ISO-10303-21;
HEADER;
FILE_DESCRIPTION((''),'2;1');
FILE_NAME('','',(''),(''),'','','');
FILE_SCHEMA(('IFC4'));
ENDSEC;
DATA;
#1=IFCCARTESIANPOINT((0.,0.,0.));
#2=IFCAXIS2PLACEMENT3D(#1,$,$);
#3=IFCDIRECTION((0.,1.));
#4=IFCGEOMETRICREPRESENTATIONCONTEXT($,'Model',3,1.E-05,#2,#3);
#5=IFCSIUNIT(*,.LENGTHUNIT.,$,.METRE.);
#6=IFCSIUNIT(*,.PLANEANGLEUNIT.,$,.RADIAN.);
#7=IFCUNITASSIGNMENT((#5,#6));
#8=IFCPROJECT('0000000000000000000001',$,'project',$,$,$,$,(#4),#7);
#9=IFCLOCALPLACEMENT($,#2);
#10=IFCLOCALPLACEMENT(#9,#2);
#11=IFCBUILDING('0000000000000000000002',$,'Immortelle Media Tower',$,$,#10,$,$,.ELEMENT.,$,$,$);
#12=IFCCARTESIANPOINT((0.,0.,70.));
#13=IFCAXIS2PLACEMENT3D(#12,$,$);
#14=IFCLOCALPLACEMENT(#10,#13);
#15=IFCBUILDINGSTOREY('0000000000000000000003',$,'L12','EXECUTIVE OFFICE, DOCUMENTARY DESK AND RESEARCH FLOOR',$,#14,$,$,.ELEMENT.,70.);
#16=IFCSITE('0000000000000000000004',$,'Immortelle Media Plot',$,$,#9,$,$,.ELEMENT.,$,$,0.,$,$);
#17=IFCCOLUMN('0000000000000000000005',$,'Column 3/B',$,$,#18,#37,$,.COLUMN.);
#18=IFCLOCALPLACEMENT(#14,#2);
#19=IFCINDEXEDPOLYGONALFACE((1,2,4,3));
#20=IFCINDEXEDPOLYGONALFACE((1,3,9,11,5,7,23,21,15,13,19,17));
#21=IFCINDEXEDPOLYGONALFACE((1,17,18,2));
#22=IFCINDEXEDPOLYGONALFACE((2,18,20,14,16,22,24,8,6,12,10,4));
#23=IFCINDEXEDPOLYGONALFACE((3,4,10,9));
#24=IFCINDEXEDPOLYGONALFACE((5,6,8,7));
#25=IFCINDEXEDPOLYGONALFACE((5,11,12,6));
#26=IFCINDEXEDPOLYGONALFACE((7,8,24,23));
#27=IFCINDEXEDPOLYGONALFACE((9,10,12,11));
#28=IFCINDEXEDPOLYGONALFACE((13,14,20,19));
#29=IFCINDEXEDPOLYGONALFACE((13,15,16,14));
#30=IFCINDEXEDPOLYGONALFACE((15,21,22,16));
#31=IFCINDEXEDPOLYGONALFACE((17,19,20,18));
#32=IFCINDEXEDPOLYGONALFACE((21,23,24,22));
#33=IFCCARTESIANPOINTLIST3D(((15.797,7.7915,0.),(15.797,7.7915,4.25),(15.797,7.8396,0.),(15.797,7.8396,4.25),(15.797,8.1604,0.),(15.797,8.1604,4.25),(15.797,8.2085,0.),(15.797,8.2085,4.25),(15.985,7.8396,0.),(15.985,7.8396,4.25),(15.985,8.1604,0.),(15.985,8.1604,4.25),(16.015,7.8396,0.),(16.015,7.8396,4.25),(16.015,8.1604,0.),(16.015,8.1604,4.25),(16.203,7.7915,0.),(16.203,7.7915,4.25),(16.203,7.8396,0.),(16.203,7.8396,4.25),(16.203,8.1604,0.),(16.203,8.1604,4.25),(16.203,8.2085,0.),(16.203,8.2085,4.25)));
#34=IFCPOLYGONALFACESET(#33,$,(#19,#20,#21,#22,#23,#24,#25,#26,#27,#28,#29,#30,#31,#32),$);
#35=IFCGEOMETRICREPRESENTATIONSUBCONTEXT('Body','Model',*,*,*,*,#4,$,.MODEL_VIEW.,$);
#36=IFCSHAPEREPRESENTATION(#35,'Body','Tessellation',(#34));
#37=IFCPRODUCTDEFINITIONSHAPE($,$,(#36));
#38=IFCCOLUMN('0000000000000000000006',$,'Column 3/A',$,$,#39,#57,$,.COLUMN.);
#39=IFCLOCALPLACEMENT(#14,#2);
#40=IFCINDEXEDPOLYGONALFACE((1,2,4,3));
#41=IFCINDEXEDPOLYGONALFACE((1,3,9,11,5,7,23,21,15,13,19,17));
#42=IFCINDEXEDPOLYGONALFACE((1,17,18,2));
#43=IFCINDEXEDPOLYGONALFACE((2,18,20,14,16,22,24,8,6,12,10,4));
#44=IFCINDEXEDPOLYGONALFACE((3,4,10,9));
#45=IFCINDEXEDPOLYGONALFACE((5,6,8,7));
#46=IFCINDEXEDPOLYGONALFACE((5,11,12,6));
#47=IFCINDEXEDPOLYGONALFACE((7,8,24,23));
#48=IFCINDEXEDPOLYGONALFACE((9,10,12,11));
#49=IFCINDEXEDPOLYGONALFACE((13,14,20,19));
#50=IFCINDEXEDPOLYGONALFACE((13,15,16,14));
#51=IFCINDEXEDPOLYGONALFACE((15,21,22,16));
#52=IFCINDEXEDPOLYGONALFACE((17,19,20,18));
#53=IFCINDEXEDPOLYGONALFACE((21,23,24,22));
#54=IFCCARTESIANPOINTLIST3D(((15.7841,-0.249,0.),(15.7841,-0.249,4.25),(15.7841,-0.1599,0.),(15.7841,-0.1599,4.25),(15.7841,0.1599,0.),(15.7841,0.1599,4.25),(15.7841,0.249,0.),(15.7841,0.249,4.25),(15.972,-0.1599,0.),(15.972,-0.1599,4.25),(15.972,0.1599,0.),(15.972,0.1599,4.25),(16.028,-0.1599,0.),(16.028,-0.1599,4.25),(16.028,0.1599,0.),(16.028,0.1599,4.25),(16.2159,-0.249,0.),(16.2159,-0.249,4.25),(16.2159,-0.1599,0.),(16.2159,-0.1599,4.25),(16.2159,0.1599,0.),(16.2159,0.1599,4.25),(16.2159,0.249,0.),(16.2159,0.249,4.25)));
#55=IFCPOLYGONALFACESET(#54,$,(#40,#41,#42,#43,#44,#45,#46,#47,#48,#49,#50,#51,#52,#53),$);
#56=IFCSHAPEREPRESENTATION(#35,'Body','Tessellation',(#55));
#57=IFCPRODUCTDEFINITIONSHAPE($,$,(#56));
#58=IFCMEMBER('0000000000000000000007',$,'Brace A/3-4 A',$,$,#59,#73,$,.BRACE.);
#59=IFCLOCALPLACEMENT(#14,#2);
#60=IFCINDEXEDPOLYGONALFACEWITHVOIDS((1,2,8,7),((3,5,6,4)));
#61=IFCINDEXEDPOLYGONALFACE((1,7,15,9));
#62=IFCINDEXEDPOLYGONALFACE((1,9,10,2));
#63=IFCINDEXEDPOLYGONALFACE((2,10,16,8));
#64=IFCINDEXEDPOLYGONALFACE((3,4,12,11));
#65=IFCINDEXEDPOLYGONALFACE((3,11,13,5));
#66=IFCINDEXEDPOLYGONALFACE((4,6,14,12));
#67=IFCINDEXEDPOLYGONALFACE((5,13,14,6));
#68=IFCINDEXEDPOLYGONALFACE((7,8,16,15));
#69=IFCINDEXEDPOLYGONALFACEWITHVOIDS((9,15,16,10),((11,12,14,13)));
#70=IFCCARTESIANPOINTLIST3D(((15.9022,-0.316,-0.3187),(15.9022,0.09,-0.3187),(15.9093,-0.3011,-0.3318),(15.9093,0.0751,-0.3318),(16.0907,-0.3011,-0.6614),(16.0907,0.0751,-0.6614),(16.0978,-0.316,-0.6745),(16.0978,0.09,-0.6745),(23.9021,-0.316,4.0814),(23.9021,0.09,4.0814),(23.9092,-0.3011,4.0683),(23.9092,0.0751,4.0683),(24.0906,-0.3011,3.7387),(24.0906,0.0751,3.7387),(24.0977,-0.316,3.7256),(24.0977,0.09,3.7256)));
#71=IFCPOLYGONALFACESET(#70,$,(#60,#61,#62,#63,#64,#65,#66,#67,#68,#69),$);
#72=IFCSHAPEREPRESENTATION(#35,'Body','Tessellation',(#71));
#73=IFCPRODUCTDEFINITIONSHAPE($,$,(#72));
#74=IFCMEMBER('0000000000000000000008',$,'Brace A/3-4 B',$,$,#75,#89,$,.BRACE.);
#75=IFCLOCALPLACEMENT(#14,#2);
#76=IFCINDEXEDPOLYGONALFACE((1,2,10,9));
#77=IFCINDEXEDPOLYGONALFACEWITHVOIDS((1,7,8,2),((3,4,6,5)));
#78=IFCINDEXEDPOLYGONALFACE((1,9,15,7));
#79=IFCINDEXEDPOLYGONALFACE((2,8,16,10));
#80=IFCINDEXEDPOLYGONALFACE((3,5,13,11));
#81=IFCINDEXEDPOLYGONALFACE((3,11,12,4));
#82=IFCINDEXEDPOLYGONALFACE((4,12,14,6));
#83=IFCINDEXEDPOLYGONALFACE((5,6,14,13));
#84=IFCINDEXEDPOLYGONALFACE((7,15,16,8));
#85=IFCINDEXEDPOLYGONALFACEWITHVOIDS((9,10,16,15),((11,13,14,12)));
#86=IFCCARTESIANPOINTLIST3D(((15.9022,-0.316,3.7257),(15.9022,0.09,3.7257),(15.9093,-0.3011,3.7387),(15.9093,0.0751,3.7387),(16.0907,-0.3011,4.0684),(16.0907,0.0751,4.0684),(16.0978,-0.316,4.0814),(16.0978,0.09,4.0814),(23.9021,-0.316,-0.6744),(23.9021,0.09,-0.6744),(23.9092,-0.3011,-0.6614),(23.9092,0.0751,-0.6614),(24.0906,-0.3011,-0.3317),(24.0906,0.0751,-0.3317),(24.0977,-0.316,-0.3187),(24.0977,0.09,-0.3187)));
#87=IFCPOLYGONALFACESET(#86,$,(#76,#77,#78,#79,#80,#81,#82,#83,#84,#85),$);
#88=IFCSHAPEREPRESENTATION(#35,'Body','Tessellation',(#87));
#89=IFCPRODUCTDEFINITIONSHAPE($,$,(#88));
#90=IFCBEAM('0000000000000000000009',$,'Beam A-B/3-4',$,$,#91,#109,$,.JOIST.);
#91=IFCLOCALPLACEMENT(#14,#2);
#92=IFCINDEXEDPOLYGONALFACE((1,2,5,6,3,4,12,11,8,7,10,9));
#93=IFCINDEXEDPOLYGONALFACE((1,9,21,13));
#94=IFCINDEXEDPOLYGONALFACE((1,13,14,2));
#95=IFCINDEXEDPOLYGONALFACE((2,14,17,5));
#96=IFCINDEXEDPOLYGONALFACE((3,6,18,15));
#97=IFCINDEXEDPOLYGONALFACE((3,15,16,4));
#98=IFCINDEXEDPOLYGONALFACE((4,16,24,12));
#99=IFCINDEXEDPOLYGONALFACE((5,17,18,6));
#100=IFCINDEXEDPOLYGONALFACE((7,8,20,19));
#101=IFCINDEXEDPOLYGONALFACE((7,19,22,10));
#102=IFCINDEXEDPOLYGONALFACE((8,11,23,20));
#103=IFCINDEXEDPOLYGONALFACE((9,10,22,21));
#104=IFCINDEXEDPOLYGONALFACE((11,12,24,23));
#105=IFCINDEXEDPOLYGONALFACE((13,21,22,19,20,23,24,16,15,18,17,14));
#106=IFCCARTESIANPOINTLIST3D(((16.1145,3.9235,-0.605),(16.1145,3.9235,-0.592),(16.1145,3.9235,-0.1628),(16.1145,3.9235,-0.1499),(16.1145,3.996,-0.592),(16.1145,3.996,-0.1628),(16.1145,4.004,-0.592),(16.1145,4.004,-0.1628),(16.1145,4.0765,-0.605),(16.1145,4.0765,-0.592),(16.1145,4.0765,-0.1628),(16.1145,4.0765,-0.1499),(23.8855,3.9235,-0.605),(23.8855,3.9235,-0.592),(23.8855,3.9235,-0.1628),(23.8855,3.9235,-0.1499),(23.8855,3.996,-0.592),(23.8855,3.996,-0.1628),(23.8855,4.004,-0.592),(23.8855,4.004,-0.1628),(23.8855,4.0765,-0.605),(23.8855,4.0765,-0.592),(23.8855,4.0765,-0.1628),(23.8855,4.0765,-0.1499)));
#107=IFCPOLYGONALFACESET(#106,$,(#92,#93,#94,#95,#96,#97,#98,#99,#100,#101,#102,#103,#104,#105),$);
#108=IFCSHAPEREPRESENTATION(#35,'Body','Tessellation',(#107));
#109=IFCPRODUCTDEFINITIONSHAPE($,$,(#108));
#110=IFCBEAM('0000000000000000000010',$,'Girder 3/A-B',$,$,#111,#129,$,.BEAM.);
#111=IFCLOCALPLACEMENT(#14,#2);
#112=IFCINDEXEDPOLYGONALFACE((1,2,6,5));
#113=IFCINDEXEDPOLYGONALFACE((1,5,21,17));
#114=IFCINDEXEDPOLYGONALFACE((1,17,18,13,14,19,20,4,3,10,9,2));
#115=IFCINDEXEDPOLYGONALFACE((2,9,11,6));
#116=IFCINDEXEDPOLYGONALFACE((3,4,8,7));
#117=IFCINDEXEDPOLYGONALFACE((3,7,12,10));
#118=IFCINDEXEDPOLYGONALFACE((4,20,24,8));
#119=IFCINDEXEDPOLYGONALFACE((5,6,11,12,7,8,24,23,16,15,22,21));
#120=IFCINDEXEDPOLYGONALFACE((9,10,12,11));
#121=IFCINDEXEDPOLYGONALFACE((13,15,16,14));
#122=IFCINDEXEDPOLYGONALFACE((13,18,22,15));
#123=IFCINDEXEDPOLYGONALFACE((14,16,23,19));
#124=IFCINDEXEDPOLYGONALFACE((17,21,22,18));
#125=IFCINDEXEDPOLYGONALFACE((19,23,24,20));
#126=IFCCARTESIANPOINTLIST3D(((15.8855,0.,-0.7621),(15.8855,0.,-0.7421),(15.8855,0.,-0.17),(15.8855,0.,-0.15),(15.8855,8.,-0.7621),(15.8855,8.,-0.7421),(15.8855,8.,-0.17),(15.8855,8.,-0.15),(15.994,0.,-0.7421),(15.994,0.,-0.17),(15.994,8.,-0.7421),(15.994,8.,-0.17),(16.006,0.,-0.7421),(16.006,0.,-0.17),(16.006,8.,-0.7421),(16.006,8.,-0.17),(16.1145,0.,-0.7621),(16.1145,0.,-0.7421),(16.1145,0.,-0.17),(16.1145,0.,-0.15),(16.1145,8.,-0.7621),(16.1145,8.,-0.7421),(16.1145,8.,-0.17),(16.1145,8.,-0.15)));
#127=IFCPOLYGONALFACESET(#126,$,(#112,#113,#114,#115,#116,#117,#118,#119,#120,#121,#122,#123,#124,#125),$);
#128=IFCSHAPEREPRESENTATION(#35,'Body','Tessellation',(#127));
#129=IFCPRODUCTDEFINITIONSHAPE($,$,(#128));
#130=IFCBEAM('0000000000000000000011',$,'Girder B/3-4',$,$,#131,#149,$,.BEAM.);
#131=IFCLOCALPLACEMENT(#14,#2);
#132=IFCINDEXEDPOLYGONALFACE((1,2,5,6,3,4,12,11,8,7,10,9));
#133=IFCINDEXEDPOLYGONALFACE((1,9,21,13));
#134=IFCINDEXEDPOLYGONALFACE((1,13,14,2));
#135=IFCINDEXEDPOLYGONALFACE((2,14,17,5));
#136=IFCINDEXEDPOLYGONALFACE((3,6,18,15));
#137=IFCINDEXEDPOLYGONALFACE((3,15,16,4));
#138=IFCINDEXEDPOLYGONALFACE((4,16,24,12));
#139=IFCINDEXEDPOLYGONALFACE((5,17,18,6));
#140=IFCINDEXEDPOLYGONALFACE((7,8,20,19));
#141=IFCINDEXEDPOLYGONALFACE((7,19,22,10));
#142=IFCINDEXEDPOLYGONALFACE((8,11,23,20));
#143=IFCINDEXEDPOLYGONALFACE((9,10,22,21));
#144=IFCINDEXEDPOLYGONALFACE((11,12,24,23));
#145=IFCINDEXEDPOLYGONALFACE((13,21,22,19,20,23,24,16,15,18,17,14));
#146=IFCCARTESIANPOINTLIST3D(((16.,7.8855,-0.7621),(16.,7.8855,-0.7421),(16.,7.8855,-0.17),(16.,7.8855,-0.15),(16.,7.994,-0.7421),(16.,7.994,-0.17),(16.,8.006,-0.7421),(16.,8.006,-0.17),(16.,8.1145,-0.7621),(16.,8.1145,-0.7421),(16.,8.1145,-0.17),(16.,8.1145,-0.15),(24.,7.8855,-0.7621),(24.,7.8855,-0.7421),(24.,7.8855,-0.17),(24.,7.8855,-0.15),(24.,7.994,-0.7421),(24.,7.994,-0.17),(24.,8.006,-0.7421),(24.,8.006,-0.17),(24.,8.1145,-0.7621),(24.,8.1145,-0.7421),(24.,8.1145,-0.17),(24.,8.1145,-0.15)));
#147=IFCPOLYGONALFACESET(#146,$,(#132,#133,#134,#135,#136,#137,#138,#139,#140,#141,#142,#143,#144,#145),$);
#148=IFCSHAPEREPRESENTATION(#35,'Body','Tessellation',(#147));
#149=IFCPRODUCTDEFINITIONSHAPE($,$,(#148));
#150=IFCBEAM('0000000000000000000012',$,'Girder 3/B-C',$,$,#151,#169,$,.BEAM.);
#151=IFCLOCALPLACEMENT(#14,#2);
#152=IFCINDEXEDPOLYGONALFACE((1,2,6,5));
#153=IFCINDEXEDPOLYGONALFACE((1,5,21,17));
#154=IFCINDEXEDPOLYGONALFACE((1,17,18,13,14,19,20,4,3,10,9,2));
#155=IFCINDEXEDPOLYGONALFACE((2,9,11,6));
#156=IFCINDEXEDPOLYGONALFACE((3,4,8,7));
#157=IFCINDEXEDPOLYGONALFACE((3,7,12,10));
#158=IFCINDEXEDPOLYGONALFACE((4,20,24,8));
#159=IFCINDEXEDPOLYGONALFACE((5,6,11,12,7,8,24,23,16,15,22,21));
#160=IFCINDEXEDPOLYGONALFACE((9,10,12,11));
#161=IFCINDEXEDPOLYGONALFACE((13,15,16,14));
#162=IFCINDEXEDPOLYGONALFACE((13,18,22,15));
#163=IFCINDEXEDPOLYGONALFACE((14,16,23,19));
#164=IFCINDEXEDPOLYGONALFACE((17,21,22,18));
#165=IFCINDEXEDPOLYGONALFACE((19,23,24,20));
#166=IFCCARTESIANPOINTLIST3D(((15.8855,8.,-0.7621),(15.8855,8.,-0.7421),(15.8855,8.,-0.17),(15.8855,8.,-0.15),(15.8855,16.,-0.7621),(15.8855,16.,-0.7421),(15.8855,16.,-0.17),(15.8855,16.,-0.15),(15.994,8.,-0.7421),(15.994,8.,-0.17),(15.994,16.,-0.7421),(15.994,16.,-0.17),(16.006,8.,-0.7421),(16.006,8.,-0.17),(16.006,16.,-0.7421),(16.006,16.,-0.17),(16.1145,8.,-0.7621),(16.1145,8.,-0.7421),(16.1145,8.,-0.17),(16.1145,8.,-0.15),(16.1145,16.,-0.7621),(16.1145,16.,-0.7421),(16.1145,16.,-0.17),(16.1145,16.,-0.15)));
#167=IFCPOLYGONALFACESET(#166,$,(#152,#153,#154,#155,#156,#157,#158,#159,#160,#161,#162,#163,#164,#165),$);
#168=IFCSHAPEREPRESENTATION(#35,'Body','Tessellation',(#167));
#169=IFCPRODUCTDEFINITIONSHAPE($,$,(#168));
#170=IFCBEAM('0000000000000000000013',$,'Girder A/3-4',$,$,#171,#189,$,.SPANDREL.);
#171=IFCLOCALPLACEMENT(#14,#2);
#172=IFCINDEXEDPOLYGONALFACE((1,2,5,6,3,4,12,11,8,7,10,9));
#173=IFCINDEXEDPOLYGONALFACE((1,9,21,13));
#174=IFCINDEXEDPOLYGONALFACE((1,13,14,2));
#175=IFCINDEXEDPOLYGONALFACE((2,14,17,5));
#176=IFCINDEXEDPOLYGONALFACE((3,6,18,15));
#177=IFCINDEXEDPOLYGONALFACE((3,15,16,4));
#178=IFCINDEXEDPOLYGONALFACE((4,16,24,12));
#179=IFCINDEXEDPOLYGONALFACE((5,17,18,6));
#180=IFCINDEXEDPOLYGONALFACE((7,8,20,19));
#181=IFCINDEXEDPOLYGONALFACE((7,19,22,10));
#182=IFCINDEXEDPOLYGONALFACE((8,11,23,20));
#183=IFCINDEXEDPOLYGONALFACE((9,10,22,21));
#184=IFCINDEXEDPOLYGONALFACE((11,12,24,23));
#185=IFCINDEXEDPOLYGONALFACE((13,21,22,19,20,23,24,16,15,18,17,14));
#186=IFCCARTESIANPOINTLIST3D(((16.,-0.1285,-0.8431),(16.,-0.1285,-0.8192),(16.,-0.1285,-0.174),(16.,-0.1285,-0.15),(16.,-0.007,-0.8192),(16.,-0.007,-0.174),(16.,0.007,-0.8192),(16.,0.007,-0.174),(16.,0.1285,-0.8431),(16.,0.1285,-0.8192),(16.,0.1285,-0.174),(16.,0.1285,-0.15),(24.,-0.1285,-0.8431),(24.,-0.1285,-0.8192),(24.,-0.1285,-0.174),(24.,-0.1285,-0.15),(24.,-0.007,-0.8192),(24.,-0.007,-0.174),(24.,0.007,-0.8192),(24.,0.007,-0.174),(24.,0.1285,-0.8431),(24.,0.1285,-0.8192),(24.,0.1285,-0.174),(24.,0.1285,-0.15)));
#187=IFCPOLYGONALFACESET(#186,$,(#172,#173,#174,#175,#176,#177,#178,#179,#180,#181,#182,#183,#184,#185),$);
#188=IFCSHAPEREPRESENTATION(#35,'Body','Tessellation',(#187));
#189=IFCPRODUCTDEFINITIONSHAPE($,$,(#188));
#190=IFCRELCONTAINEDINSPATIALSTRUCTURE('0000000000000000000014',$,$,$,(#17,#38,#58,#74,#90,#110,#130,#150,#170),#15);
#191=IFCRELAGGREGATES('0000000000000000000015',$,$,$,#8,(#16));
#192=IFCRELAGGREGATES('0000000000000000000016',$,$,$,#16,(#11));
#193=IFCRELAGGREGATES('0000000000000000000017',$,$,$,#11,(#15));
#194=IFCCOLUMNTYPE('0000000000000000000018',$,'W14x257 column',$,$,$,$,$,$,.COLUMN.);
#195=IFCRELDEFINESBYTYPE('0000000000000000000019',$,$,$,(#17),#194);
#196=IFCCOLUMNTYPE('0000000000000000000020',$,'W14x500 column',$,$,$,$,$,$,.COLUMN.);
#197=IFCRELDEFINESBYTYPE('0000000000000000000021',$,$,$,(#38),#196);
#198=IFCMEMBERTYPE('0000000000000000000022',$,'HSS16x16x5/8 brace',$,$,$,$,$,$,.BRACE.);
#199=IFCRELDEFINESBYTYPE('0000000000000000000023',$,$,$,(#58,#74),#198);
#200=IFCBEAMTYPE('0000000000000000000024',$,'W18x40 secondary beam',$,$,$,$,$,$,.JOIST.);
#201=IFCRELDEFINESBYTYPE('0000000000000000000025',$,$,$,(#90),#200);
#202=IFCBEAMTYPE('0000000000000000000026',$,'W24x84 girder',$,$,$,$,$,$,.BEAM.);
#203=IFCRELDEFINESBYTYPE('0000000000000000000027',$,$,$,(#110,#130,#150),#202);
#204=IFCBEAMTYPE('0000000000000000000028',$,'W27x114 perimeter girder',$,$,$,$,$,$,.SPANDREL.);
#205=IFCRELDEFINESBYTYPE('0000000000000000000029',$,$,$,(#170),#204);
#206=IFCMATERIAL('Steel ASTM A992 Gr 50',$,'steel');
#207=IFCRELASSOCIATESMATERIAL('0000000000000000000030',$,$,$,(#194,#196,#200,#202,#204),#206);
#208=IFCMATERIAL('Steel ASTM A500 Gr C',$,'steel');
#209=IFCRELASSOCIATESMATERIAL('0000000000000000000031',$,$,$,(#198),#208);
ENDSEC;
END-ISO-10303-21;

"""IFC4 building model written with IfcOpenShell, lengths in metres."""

from ifc_helpers import new_model, si_unit, direction, frame, origin, origin_2d, place, context, subcontext, project, spatial, hollow_rectangle, i_section, extrude, material, material_profile, profile_set, type_object, element, save


model = new_model("IFC4")

# Units and contexts
model_context = context("Model", 3, precision=1e-05, world=origin(), true_north=direction((0.0, 1.0)))
body_context = subcontext(model_context, "Body", "Model", "MODEL_VIEW")
ifc_project = project(units=[si_unit("LENGTHUNIT", "METRE"), si_unit("PLANEANGLEUNIT", "RADIAN")], contexts=[model_context])

# Site, building, storey
site_placement = place(None, origin())
site = spatial("IfcSite", under=ifc_project, at=site_placement, Name="Immortelle Media Plot", CompositionType="ELEMENT", RefElevation=0.0)
building_placement = place(site_placement, origin())
building = spatial("IfcBuilding", under=site, at=building_placement, Name="Immortelle Media Tower", CompositionType="ELEMENT")
storey_placement = place(building_placement, frame((0.0, 0.0, 70.0)))
storey = spatial("IfcBuildingStorey", under=building, at=storey_placement, Name="L12", Description="EXECUTIVE OFFICE, DOCUMENTARY DESK AND RESEARCH FLOOR", CompositionType="ELEMENT", Elevation=70.0)

# Columns
ifc_material_1 = material(Name="Steel ASTM A992 Gr 50", Category="steel")
ifc_material_profile_1 = material_profile(ifc_material_1, i_section(OverallWidth=0.406, OverallDepth=0.417, WebThickness=0.03, FlangeThickness=0.0481, at=origin_2d()), Name="W14x257")
ifc_profile_set_1 = profile_set([ifc_material_profile_1], Name="Steel ASTM A992 Gr 50")
column_type_1 = type_object("IfcColumnType", Name="W14x257 column", PredefinedType="COLUMN", material=ifc_profile_set_1)
column_1_placement = place(storey_placement, frame((16.0, 8.0, 0.0), z_axis=(0.0, 0.0, 1.0), x_axis=(1.0, 0.0, 0.0)))
element("IfcColumn", 1, at=column_1_placement, inside=storey, type_object=column_type_1, Name="Column 3/B", PredefinedType="COLUMN", context=body_context, shape_type="SweptSolid", body=[
    extrude(i_section(OverallWidth=0.406, OverallDepth=0.417, WebThickness=0.03, FlangeThickness=0.0481, at=origin_2d()), origin(), (0.0, 0.0, 1.0), 4.25),
])
ifc_material_profile_2 = material_profile(ifc_material_1, i_section(OverallWidth=0.4319, OverallDepth=0.498, WebThickness=0.0559, FlangeThickness=0.0891, at=origin_2d()), Name="W14x500")
ifc_profile_set_2 = profile_set([ifc_material_profile_2], Name="Steel ASTM A992 Gr 50")
column_type_2 = type_object("IfcColumnType", Name="W14x500 column", PredefinedType="COLUMN", material=ifc_profile_set_2)
column_2_placement = place(storey_placement, frame((16.0, 0.0, 0.0), z_axis=(0.0, 0.0, 1.0), x_axis=(1.0, 0.0, 0.0)))
element("IfcColumn", 2, at=column_2_placement, inside=storey, type_object=column_type_2, Name="Column 3/A", PredefinedType="COLUMN", context=body_context, shape_type="SweptSolid", body=[
    extrude(i_section(OverallWidth=0.4319, OverallDepth=0.498, WebThickness=0.0559, FlangeThickness=0.0891, at=origin_2d()), origin(), (0.0, 0.0, 1.0), 4.25),
])

# Members
ifc_material_2 = material(Name="Steel ASTM A500 Gr C", Category="steel")
ifc_material_profile_3 = material_profile(ifc_material_2, hollow_rectangle(XDim=0.406, YDim=0.406, WallThickness=0.0149, at=origin_2d()), Name="HSS16x16x5/8 brace")
ifc_profile_set_3 = profile_set([ifc_material_profile_3], Name="Steel ASTM A500 Gr C")
member_type = type_object("IfcMemberType", Name="HSS16x16x5/8 brace", PredefinedType="BRACE", material=ifc_profile_set_3)
for number, where, z_axis, x_axis, name in (
    (3, (16.0, -0.113, -0.4966), (0.876209, 0.0, 0.481931), (0.0, 1.0, 0.0), "Brace A/3-4 A"),
    (4, (16.0, -0.113, 3.9036), (0.876209, 0.0, -0.481931), (0.0, 1.0, 0.0), "Brace A/3-4 B"),
):
    element("IfcMember", number, at=place(storey_placement, frame(where, z_axis=z_axis, x_axis=x_axis)), inside=storey, type_object=member_type, Name=name, PredefinedType="BRACE", context=body_context, shape_type="SweptSolid", body=[
        extrude(hollow_rectangle(XDim=0.406, YDim=0.406, WallThickness=0.0149, at=origin_2d()), origin(), (0.0, 0.0, 1.0), 9.1301),
    ])

# Beams
ifc_material_profile_4 = material_profile(ifc_material_1, i_section(OverallWidth=0.1531, OverallDepth=0.4551, WebThickness=0.0081, FlangeThickness=0.0129, at=origin_2d()), Name="W18x40")
ifc_profile_set_4 = profile_set([ifc_material_profile_4], Name="Steel ASTM A992 Gr 50")
beam_type_1 = type_object("IfcBeamType", Name="W18x40 secondary beam", PredefinedType="JOIST", material=ifc_profile_set_4)
beam_1_placement = place(storey_placement, frame((16.1145, 4.0, -0.3774), z_axis=(1.0, 0.0, 0.0), x_axis=(0.0, 1.0, 0.0)))
element("IfcBeam", 5, at=beam_1_placement, inside=storey, type_object=beam_type_1, Name="Beam A-B/3-4", PredefinedType="JOIST", context=body_context, shape_type="SweptSolid", body=[
    extrude(i_section(OverallWidth=0.1531, OverallDepth=0.4551, WebThickness=0.0081, FlangeThickness=0.0129, at=origin_2d()), origin(), (0.0, 0.0, 1.0), 7.771),
])
ifc_material_profile_5 = material_profile(ifc_material_1, i_section(OverallWidth=0.229, OverallDepth=0.6121, WebThickness=0.012, FlangeThickness=0.02, at=origin_2d()), Name="W24x84")
ifc_profile_set_5 = profile_set([ifc_material_profile_5], Name="Steel ASTM A992 Gr 50")
beam_type_2 = type_object("IfcBeamType", Name="W24x84 girder", PredefinedType="BEAM", material=ifc_profile_set_5)
for number, where, z_axis, x_axis, name in (
    (6, (16.0, 0.0, -0.4561), (0.0, 1.0, 0.0), (-1.0, 0.0, 0.0), "Girder 3/A-B"),
    (7, (16.0, 8.0, -0.4561), (1.0, 0.0, 0.0), (0.0, 1.0, 0.0), "Girder B/3-4"),
    (8, (16.0, 8.0, -0.4561), (0.0, 1.0, 0.0), (-1.0, 0.0, 0.0), "Girder 3/B-C"),
):
    element("IfcBeam", number, at=place(storey_placement, frame(where, z_axis=z_axis, x_axis=x_axis)), inside=storey, type_object=beam_type_2, Name=name, PredefinedType="BEAM", context=body_context, shape_type="SweptSolid", body=[
        extrude(i_section(OverallWidth=0.229, OverallDepth=0.6121, WebThickness=0.012, FlangeThickness=0.02, at=origin_2d()), origin(), (0.0, 0.0, 1.0), 8.0),
    ])
ifc_material_profile_6 = material_profile(ifc_material_1, i_section(OverallWidth=0.2571, OverallDepth=0.6931, WebThickness=0.0139, FlangeThickness=0.0239, at=origin_2d()), Name="W27x114")
ifc_profile_set_6 = profile_set([ifc_material_profile_6], Name="Steel ASTM A992 Gr 50")
beam_type_3 = type_object("IfcBeamType", Name="W27x114 perimeter girder", PredefinedType="SPANDREL", material=ifc_profile_set_6)
beam_2_placement = place(storey_placement, frame((16.0, 0.0, -0.4966), z_axis=(1.0, 0.0, 0.0), x_axis=(0.0, 1.0, 0.0)))
element("IfcBeam", 9, at=beam_2_placement, inside=storey, type_object=beam_type_3, Name="Girder A/3-4", PredefinedType="SPANDREL", context=body_context, shape_type="SweptSolid", body=[
    extrude(i_section(OverallWidth=0.2571, OverallDepth=0.6931, WebThickness=0.0139, FlangeThickness=0.0239, at=origin_2d()), origin(), (0.0, 0.0, 1.0), 8.0),
])

save(model, "model.ifc")
